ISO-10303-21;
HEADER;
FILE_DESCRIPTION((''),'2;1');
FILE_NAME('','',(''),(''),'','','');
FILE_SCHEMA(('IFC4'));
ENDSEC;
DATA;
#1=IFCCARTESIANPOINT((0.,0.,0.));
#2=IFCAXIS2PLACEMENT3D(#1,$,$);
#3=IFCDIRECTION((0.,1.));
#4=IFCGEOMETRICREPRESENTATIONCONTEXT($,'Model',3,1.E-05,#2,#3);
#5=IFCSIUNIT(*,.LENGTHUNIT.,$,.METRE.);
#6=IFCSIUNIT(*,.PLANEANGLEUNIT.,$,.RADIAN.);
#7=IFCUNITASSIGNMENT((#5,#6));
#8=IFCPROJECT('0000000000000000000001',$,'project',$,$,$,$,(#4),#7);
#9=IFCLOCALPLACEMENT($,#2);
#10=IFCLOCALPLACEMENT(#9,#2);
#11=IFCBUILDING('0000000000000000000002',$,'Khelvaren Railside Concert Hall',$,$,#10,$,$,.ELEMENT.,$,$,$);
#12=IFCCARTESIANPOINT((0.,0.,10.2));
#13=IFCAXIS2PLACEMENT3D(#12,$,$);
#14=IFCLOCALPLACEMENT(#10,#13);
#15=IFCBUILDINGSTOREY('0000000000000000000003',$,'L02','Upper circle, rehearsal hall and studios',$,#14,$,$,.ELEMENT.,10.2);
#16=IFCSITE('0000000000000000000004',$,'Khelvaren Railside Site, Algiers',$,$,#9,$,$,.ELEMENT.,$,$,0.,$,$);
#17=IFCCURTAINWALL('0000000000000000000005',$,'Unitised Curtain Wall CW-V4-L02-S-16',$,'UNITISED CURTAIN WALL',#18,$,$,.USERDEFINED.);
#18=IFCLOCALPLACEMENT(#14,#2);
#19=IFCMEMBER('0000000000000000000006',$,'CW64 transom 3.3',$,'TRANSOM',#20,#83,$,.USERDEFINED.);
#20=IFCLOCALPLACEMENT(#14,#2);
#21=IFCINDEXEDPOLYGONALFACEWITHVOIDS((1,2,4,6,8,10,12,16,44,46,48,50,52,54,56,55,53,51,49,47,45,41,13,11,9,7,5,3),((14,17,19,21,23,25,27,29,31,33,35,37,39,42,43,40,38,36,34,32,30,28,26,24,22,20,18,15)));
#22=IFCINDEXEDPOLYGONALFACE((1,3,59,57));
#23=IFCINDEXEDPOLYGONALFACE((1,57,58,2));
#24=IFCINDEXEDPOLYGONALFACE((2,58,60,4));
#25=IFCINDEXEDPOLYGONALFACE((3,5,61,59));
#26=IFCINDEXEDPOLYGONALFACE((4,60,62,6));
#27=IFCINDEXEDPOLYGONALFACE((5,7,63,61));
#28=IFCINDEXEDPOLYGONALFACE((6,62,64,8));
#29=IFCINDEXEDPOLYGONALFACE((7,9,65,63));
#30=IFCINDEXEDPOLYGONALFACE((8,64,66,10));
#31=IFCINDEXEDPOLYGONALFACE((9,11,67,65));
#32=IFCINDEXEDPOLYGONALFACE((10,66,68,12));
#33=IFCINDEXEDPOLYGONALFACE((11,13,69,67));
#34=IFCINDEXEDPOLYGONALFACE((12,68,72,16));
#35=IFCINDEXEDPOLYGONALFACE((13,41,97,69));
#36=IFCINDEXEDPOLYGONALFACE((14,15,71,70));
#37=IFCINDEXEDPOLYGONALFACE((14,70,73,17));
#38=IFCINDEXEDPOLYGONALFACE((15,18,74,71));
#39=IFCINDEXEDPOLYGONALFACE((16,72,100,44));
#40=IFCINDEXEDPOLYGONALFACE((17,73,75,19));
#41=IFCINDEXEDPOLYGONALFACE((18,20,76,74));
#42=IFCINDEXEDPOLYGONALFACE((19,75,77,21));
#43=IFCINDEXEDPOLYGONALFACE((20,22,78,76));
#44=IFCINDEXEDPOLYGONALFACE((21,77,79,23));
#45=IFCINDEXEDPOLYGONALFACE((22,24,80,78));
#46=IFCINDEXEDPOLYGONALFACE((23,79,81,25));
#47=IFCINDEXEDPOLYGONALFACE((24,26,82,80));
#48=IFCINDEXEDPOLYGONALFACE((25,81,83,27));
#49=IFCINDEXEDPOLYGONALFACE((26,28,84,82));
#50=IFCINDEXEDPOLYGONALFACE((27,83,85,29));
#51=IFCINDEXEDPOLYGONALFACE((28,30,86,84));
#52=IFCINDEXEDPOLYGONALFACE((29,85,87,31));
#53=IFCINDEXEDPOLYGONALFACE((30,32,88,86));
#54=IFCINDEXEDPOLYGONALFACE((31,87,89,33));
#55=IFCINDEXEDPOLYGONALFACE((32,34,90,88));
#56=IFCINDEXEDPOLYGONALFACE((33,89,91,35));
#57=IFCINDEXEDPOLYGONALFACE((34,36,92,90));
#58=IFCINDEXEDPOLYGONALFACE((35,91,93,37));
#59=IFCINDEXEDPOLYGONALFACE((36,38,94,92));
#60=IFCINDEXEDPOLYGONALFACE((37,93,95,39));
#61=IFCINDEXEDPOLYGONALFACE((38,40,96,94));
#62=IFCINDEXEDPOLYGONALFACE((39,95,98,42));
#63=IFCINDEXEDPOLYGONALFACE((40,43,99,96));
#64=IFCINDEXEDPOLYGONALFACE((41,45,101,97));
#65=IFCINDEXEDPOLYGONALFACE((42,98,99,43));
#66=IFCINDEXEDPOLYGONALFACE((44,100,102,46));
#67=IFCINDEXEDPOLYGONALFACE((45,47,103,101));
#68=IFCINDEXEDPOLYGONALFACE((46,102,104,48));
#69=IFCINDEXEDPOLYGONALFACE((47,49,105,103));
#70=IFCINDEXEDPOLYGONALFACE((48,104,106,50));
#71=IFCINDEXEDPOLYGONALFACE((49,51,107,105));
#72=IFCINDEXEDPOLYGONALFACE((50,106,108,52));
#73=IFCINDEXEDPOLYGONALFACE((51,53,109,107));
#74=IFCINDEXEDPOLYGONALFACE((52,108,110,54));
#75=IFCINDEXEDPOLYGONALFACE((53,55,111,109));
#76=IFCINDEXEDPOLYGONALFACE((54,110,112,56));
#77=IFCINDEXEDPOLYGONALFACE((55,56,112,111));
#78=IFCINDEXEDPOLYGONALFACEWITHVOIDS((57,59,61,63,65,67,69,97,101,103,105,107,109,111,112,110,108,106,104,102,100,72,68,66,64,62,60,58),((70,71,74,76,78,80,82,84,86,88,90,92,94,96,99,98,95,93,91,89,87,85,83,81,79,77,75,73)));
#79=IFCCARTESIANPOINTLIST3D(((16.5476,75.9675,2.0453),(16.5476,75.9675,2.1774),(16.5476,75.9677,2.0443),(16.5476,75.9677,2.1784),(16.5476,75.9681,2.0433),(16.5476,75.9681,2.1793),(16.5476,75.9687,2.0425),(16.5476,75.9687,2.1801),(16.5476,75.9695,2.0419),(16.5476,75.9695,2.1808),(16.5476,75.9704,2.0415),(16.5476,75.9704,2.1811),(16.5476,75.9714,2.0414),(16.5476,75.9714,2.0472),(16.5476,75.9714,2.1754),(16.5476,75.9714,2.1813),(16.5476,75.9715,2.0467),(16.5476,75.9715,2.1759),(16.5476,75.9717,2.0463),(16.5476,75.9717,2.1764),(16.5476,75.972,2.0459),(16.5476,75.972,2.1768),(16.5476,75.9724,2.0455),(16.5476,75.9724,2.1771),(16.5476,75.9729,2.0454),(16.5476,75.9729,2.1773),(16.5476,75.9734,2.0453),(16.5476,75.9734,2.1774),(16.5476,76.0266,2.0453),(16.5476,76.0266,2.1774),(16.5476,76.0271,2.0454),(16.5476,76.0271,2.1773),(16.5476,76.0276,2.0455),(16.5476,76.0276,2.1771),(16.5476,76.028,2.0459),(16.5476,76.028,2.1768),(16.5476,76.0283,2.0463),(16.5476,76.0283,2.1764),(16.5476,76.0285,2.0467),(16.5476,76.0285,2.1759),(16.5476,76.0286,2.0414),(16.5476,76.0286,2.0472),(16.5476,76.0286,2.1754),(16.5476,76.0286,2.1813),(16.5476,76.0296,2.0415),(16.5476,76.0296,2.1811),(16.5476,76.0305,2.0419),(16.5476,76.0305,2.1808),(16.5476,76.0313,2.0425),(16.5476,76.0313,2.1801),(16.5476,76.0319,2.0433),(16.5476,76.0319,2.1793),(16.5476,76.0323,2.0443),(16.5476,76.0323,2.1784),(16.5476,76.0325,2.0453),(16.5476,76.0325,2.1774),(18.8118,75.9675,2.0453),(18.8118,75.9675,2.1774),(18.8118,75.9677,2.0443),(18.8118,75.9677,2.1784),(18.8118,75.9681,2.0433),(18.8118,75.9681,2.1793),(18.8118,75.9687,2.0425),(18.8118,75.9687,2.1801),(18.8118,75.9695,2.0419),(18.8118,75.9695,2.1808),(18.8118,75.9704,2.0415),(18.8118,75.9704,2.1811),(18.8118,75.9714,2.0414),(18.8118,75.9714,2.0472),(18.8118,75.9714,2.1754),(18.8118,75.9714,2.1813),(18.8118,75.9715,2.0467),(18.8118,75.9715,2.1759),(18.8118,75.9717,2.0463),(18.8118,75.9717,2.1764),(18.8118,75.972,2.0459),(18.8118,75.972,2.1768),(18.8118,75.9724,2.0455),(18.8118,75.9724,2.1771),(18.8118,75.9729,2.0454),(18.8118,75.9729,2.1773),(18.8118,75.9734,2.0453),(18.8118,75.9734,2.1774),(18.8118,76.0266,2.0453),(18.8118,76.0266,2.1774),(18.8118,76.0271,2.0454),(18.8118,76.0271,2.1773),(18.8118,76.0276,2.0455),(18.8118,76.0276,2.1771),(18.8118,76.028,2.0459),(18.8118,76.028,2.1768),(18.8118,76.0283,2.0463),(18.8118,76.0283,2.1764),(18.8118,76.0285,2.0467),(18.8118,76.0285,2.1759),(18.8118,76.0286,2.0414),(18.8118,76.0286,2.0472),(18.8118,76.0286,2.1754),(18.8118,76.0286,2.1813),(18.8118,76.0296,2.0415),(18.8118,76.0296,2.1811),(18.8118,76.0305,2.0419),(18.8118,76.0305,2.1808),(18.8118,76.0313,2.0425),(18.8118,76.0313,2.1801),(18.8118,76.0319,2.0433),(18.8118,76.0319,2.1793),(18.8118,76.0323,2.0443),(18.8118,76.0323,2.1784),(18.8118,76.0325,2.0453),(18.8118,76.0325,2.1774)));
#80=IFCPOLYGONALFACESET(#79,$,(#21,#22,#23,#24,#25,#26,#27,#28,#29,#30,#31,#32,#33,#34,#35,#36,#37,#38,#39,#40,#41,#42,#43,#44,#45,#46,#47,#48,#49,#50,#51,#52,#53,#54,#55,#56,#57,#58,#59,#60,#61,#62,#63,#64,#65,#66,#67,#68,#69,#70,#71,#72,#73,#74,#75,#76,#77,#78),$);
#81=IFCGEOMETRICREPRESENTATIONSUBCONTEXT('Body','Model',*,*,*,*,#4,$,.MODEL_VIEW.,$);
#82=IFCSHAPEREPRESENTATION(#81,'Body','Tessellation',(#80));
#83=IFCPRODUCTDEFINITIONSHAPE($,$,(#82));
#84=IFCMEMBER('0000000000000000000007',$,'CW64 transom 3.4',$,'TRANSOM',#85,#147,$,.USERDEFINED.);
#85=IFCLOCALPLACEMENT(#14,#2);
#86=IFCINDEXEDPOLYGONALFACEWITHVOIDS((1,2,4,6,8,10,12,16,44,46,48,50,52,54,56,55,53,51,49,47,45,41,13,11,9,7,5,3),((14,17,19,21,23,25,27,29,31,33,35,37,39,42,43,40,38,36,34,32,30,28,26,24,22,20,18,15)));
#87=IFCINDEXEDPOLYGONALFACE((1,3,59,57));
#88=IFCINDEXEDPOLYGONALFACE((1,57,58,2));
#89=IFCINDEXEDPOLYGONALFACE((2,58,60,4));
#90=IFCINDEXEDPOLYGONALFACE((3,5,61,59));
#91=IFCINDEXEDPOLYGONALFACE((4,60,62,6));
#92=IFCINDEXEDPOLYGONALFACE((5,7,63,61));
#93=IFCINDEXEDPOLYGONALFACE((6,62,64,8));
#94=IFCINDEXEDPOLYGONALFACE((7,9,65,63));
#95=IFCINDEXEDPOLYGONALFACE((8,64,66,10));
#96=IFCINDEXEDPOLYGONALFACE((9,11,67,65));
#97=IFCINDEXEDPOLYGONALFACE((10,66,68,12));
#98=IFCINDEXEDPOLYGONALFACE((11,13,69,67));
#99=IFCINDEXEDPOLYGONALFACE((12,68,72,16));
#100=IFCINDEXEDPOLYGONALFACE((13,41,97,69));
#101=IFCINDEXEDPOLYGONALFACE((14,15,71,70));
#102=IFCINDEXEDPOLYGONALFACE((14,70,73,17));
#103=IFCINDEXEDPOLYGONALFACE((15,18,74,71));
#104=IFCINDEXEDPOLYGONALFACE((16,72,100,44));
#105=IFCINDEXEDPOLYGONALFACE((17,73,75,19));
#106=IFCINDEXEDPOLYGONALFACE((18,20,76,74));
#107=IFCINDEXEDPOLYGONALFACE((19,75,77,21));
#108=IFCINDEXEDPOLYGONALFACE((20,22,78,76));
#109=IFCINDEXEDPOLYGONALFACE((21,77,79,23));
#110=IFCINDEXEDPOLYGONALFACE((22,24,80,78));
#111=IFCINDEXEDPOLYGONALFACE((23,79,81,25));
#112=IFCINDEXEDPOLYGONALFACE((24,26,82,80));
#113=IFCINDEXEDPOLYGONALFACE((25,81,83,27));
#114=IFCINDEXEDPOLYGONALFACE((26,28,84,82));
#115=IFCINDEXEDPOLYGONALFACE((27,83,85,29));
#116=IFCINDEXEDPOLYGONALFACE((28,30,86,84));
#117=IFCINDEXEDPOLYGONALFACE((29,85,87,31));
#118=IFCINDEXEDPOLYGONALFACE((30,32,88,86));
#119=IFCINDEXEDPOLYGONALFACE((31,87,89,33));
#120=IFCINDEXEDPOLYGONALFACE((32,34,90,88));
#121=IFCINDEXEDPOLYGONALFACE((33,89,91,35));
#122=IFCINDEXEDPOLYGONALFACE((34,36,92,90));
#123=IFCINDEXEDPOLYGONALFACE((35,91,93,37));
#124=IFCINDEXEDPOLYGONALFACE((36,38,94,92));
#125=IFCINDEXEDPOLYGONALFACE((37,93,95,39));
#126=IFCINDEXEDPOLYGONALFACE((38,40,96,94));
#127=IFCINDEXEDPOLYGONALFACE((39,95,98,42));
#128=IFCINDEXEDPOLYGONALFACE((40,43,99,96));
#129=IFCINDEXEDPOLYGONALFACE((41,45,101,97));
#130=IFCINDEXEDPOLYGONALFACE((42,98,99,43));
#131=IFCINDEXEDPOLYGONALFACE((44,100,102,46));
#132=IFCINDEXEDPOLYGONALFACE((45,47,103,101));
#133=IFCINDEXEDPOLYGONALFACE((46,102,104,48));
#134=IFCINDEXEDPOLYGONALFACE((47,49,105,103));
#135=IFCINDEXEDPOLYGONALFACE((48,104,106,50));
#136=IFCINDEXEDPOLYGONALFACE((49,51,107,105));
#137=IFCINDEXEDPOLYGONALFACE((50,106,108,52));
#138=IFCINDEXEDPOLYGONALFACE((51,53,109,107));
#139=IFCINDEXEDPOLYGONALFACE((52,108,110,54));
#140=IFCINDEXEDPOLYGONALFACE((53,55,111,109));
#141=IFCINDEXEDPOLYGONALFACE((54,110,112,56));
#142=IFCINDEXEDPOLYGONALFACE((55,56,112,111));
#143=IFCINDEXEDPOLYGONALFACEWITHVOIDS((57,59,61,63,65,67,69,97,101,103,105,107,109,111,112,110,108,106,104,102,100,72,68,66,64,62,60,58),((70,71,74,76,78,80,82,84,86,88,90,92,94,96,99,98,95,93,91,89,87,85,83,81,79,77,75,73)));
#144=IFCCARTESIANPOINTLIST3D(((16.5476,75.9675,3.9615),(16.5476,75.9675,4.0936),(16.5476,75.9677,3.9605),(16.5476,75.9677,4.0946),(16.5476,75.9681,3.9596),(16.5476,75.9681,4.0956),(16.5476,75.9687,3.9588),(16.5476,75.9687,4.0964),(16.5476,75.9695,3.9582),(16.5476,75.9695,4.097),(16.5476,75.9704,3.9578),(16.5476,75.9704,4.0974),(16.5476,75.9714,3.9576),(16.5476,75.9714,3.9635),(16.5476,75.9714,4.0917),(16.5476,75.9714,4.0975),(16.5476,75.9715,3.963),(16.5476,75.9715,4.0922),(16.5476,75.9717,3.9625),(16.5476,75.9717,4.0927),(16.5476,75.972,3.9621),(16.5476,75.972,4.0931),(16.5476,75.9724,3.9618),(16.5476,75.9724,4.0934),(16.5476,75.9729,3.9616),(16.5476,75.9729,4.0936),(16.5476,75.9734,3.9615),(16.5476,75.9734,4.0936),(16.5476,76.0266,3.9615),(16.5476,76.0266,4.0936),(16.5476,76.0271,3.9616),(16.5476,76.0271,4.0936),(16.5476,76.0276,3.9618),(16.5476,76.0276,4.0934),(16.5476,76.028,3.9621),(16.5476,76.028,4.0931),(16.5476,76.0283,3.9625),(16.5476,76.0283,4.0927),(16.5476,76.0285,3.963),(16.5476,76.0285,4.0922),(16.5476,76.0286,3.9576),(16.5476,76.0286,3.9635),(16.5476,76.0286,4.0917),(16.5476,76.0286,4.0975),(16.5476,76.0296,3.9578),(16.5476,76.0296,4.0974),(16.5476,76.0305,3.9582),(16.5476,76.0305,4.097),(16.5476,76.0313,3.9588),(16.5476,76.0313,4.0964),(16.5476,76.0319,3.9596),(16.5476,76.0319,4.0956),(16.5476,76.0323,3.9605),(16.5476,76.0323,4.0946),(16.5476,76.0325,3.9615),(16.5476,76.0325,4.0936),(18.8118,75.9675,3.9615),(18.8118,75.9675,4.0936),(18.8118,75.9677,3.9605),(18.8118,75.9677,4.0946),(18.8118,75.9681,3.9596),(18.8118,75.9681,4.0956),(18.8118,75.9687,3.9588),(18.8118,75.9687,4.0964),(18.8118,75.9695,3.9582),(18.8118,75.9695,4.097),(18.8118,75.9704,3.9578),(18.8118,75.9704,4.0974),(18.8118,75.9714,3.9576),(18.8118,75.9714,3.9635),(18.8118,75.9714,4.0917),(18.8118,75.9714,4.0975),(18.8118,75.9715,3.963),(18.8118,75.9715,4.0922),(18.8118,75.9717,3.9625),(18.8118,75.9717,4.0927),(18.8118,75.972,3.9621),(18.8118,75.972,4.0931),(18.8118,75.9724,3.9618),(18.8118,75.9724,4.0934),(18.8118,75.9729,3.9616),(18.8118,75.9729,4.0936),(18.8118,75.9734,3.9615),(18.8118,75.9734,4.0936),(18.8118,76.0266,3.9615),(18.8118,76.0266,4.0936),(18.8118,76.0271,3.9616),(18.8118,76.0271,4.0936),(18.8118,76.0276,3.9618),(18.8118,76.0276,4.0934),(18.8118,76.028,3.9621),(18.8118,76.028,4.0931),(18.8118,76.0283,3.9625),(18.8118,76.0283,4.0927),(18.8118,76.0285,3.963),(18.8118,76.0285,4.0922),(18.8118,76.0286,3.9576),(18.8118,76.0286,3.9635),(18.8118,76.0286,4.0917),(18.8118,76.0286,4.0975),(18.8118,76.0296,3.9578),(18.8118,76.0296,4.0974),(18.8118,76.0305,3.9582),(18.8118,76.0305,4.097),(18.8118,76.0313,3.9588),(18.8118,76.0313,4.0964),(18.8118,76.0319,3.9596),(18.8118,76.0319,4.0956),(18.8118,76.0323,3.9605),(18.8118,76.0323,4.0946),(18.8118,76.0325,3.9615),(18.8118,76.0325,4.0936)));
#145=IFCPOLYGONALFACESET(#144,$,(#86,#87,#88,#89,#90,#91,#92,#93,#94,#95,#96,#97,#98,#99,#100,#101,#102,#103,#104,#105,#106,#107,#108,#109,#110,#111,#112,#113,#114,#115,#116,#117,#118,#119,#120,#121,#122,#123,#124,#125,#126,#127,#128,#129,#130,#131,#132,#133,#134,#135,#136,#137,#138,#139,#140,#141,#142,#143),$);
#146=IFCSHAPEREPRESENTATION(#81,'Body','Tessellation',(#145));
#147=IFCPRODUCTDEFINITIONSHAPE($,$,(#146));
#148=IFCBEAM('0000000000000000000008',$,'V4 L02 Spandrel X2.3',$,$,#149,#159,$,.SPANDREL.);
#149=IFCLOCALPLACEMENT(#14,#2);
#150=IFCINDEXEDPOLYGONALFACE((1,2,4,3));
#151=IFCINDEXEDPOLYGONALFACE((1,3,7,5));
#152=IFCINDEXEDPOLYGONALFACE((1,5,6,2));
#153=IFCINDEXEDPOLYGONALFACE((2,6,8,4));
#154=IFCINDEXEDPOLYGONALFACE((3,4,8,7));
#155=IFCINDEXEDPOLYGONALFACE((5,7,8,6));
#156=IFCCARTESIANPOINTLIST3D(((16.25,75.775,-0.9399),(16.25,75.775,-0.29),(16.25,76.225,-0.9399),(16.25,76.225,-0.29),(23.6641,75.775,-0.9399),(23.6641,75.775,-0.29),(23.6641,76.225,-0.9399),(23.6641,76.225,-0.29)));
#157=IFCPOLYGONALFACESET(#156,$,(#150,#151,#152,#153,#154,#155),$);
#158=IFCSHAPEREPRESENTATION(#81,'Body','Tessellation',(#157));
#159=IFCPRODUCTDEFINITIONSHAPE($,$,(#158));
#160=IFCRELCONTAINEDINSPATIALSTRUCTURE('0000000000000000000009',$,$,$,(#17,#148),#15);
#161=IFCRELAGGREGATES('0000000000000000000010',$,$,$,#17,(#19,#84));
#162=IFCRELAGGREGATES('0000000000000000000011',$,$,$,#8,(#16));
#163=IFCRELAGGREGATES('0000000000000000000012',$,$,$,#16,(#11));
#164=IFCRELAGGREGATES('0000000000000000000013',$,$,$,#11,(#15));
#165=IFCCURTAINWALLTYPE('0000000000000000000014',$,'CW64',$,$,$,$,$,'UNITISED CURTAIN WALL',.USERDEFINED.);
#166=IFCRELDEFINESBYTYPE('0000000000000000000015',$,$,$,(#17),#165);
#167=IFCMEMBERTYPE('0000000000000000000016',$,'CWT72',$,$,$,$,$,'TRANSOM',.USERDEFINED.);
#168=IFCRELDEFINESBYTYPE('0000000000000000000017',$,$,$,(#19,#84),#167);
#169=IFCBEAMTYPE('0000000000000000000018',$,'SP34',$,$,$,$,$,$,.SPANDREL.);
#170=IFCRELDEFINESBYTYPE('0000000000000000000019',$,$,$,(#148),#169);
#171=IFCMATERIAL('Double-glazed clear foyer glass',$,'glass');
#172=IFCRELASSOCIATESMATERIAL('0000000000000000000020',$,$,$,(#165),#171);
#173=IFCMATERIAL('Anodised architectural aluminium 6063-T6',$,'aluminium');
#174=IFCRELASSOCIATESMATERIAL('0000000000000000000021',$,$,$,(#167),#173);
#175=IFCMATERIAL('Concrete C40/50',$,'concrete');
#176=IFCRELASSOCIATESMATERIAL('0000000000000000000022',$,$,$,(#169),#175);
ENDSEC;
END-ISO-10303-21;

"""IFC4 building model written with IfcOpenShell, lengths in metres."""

from ifc_helpers import new_model, si_unit, direction, frame, origin, origin_2d, place, context, subcontext, project, spatial, rectangle, hollow_rectangle, extrude, material, material_profile, profile_set, type_object, element, aggregate, save


model = new_model("IFC4")

# Units and contexts
model_context = context("Model", 3, precision=1e-05, world=origin(), true_north=direction((0.0, 1.0)))
body_context = subcontext(model_context, "Body", "Model", "MODEL_VIEW")
ifc_project = project(units=[si_unit("LENGTHUNIT", "METRE"), si_unit("PLANEANGLEUNIT", "RADIAN")], contexts=[model_context])

# Site, building, storey
site_placement = place(None, origin())
site = spatial("IfcSite", under=ifc_project, at=site_placement, Name="Khelvaren Railside Site, Algiers", CompositionType="ELEMENT", RefElevation=0.0)
building_placement = place(site_placement, origin())
building = spatial("IfcBuilding", under=site, at=building_placement, Name="Khelvaren Railside Concert Hall", CompositionType="ELEMENT")
storey_placement = place(building_placement, frame((0.0, 0.0, 10.2)))
storey = spatial("IfcBuildingStorey", under=building, at=storey_placement, Name="L02", Description="Upper circle, rehearsal hall and studios", CompositionType="ELEMENT", Elevation=10.2)

# Shared definitions
ifc_material_1 = material(Name="Concrete C40/50", Category="concrete")

# Curtain wall, members
ifc_material_2 = material(Name="Double-glazed clear foyer glass", Category="glass")
curtain_wall_type = type_object("IfcCurtainWallType", Name="CW64", ElementType="UNITISED CURTAIN WALL", PredefinedType="USERDEFINED", material=ifc_material_2)
curtain_wall_placement = place(storey_placement, origin())
curtain_wall = element("IfcCurtainWall", 1, at=curtain_wall_placement, inside=storey, type_object=curtain_wall_type, Name="Unitised Curtain Wall CW-V4-L02-S-16", ObjectType="UNITISED CURTAIN WALL", PredefinedType="USERDEFINED")
ifc_material_3 = material(Name="Anodised architectural aluminium 6063-T6", Category="aluminium")
ifc_material_profile_1 = material_profile(ifc_material_3, hollow_rectangle(XDim=0.0649, YDim=0.1399, WallThickness=0.0039, InnerFilletRadius=0.002, OuterFilletRadius=0.0039, at=origin_2d()), Name="CWT 65x140x4")
ifc_profile_set_1 = profile_set([ifc_material_profile_1], Name="Anodised architectural aluminium 6063-T6")
member_type_1 = type_object("IfcMemberType", Name="CWT72", ElementType="TRANSOM", PredefinedType="USERDEFINED", material=ifc_profile_set_1)
member_1_placement = place(storey_placement, frame((18.8118, 76.0, 2.1113), z_axis=(-1.0, 0.0, 0.0), x_axis=(0.0, -1.0, 0.0)))
member_1 = element("IfcMember", 2, at=member_1_placement, type_object=member_type_1, Name="CW64 transom 3.3", ObjectType="TRANSOM", PredefinedType="USERDEFINED", context=body_context, shape_type="SweptSolid", body=[
    extrude(hollow_rectangle(XDim=0.0649, YDim=0.1399, WallThickness=0.0039, InnerFilletRadius=0.002, OuterFilletRadius=0.0039, at=origin_2d()), origin(), (0.0, 0.0, 1.0), 2.2642),
])
member_2_placement = place(storey_placement, frame((18.8118, 76.0, 4.0276), z_axis=(-1.0, 0.0, 0.0), x_axis=(0.0, -1.0, 0.0)))
member_2 = element("IfcMember", 3, at=member_2_placement, type_object=member_type_1, Name="CW64 transom 3.4", ObjectType="TRANSOM", PredefinedType="USERDEFINED", context=body_context, shape_type="SweptSolid", body=[
    extrude(hollow_rectangle(XDim=0.0649, YDim=0.1399, WallThickness=0.0039, InnerFilletRadius=0.002, OuterFilletRadius=0.0039, at=origin_2d()), origin(), (0.0, 0.0, 1.0), 2.2642),
])

# Beam
ifc_material_profile_2 = material_profile(ifc_material_1, rectangle(XDim=0.45, YDim=0.6499, at=origin_2d()), Name="RCB 450x650")
ifc_profile_set_2 = profile_set([ifc_material_profile_2], Name="Concrete C40/50")
beam_type_1 = type_object("IfcBeamType", Name="SP34", PredefinedType="SPANDREL", material=ifc_profile_set_2)
beam_1_placement = place(storey_placement, frame((16.25, 76.0, -0.615), z_axis=(1.0, 0.0, 0.0), x_axis=(0.0, 1.0, 0.0)))
element("IfcBeam", 4, at=beam_1_placement, inside=storey, type_object=beam_type_1, Name="V4 L02 Spandrel X2.3", PredefinedType="SPANDREL", context=body_context, shape_type="SweptSolid", body=[
    extrude(rectangle(XDim=0.45, YDim=0.6499, at=origin_2d()), origin(), (0.0, 0.0, 1.0), 7.4141),
])

aggregate(curtain_wall, [member_1, member_2])

save(model, "model.ifc")
